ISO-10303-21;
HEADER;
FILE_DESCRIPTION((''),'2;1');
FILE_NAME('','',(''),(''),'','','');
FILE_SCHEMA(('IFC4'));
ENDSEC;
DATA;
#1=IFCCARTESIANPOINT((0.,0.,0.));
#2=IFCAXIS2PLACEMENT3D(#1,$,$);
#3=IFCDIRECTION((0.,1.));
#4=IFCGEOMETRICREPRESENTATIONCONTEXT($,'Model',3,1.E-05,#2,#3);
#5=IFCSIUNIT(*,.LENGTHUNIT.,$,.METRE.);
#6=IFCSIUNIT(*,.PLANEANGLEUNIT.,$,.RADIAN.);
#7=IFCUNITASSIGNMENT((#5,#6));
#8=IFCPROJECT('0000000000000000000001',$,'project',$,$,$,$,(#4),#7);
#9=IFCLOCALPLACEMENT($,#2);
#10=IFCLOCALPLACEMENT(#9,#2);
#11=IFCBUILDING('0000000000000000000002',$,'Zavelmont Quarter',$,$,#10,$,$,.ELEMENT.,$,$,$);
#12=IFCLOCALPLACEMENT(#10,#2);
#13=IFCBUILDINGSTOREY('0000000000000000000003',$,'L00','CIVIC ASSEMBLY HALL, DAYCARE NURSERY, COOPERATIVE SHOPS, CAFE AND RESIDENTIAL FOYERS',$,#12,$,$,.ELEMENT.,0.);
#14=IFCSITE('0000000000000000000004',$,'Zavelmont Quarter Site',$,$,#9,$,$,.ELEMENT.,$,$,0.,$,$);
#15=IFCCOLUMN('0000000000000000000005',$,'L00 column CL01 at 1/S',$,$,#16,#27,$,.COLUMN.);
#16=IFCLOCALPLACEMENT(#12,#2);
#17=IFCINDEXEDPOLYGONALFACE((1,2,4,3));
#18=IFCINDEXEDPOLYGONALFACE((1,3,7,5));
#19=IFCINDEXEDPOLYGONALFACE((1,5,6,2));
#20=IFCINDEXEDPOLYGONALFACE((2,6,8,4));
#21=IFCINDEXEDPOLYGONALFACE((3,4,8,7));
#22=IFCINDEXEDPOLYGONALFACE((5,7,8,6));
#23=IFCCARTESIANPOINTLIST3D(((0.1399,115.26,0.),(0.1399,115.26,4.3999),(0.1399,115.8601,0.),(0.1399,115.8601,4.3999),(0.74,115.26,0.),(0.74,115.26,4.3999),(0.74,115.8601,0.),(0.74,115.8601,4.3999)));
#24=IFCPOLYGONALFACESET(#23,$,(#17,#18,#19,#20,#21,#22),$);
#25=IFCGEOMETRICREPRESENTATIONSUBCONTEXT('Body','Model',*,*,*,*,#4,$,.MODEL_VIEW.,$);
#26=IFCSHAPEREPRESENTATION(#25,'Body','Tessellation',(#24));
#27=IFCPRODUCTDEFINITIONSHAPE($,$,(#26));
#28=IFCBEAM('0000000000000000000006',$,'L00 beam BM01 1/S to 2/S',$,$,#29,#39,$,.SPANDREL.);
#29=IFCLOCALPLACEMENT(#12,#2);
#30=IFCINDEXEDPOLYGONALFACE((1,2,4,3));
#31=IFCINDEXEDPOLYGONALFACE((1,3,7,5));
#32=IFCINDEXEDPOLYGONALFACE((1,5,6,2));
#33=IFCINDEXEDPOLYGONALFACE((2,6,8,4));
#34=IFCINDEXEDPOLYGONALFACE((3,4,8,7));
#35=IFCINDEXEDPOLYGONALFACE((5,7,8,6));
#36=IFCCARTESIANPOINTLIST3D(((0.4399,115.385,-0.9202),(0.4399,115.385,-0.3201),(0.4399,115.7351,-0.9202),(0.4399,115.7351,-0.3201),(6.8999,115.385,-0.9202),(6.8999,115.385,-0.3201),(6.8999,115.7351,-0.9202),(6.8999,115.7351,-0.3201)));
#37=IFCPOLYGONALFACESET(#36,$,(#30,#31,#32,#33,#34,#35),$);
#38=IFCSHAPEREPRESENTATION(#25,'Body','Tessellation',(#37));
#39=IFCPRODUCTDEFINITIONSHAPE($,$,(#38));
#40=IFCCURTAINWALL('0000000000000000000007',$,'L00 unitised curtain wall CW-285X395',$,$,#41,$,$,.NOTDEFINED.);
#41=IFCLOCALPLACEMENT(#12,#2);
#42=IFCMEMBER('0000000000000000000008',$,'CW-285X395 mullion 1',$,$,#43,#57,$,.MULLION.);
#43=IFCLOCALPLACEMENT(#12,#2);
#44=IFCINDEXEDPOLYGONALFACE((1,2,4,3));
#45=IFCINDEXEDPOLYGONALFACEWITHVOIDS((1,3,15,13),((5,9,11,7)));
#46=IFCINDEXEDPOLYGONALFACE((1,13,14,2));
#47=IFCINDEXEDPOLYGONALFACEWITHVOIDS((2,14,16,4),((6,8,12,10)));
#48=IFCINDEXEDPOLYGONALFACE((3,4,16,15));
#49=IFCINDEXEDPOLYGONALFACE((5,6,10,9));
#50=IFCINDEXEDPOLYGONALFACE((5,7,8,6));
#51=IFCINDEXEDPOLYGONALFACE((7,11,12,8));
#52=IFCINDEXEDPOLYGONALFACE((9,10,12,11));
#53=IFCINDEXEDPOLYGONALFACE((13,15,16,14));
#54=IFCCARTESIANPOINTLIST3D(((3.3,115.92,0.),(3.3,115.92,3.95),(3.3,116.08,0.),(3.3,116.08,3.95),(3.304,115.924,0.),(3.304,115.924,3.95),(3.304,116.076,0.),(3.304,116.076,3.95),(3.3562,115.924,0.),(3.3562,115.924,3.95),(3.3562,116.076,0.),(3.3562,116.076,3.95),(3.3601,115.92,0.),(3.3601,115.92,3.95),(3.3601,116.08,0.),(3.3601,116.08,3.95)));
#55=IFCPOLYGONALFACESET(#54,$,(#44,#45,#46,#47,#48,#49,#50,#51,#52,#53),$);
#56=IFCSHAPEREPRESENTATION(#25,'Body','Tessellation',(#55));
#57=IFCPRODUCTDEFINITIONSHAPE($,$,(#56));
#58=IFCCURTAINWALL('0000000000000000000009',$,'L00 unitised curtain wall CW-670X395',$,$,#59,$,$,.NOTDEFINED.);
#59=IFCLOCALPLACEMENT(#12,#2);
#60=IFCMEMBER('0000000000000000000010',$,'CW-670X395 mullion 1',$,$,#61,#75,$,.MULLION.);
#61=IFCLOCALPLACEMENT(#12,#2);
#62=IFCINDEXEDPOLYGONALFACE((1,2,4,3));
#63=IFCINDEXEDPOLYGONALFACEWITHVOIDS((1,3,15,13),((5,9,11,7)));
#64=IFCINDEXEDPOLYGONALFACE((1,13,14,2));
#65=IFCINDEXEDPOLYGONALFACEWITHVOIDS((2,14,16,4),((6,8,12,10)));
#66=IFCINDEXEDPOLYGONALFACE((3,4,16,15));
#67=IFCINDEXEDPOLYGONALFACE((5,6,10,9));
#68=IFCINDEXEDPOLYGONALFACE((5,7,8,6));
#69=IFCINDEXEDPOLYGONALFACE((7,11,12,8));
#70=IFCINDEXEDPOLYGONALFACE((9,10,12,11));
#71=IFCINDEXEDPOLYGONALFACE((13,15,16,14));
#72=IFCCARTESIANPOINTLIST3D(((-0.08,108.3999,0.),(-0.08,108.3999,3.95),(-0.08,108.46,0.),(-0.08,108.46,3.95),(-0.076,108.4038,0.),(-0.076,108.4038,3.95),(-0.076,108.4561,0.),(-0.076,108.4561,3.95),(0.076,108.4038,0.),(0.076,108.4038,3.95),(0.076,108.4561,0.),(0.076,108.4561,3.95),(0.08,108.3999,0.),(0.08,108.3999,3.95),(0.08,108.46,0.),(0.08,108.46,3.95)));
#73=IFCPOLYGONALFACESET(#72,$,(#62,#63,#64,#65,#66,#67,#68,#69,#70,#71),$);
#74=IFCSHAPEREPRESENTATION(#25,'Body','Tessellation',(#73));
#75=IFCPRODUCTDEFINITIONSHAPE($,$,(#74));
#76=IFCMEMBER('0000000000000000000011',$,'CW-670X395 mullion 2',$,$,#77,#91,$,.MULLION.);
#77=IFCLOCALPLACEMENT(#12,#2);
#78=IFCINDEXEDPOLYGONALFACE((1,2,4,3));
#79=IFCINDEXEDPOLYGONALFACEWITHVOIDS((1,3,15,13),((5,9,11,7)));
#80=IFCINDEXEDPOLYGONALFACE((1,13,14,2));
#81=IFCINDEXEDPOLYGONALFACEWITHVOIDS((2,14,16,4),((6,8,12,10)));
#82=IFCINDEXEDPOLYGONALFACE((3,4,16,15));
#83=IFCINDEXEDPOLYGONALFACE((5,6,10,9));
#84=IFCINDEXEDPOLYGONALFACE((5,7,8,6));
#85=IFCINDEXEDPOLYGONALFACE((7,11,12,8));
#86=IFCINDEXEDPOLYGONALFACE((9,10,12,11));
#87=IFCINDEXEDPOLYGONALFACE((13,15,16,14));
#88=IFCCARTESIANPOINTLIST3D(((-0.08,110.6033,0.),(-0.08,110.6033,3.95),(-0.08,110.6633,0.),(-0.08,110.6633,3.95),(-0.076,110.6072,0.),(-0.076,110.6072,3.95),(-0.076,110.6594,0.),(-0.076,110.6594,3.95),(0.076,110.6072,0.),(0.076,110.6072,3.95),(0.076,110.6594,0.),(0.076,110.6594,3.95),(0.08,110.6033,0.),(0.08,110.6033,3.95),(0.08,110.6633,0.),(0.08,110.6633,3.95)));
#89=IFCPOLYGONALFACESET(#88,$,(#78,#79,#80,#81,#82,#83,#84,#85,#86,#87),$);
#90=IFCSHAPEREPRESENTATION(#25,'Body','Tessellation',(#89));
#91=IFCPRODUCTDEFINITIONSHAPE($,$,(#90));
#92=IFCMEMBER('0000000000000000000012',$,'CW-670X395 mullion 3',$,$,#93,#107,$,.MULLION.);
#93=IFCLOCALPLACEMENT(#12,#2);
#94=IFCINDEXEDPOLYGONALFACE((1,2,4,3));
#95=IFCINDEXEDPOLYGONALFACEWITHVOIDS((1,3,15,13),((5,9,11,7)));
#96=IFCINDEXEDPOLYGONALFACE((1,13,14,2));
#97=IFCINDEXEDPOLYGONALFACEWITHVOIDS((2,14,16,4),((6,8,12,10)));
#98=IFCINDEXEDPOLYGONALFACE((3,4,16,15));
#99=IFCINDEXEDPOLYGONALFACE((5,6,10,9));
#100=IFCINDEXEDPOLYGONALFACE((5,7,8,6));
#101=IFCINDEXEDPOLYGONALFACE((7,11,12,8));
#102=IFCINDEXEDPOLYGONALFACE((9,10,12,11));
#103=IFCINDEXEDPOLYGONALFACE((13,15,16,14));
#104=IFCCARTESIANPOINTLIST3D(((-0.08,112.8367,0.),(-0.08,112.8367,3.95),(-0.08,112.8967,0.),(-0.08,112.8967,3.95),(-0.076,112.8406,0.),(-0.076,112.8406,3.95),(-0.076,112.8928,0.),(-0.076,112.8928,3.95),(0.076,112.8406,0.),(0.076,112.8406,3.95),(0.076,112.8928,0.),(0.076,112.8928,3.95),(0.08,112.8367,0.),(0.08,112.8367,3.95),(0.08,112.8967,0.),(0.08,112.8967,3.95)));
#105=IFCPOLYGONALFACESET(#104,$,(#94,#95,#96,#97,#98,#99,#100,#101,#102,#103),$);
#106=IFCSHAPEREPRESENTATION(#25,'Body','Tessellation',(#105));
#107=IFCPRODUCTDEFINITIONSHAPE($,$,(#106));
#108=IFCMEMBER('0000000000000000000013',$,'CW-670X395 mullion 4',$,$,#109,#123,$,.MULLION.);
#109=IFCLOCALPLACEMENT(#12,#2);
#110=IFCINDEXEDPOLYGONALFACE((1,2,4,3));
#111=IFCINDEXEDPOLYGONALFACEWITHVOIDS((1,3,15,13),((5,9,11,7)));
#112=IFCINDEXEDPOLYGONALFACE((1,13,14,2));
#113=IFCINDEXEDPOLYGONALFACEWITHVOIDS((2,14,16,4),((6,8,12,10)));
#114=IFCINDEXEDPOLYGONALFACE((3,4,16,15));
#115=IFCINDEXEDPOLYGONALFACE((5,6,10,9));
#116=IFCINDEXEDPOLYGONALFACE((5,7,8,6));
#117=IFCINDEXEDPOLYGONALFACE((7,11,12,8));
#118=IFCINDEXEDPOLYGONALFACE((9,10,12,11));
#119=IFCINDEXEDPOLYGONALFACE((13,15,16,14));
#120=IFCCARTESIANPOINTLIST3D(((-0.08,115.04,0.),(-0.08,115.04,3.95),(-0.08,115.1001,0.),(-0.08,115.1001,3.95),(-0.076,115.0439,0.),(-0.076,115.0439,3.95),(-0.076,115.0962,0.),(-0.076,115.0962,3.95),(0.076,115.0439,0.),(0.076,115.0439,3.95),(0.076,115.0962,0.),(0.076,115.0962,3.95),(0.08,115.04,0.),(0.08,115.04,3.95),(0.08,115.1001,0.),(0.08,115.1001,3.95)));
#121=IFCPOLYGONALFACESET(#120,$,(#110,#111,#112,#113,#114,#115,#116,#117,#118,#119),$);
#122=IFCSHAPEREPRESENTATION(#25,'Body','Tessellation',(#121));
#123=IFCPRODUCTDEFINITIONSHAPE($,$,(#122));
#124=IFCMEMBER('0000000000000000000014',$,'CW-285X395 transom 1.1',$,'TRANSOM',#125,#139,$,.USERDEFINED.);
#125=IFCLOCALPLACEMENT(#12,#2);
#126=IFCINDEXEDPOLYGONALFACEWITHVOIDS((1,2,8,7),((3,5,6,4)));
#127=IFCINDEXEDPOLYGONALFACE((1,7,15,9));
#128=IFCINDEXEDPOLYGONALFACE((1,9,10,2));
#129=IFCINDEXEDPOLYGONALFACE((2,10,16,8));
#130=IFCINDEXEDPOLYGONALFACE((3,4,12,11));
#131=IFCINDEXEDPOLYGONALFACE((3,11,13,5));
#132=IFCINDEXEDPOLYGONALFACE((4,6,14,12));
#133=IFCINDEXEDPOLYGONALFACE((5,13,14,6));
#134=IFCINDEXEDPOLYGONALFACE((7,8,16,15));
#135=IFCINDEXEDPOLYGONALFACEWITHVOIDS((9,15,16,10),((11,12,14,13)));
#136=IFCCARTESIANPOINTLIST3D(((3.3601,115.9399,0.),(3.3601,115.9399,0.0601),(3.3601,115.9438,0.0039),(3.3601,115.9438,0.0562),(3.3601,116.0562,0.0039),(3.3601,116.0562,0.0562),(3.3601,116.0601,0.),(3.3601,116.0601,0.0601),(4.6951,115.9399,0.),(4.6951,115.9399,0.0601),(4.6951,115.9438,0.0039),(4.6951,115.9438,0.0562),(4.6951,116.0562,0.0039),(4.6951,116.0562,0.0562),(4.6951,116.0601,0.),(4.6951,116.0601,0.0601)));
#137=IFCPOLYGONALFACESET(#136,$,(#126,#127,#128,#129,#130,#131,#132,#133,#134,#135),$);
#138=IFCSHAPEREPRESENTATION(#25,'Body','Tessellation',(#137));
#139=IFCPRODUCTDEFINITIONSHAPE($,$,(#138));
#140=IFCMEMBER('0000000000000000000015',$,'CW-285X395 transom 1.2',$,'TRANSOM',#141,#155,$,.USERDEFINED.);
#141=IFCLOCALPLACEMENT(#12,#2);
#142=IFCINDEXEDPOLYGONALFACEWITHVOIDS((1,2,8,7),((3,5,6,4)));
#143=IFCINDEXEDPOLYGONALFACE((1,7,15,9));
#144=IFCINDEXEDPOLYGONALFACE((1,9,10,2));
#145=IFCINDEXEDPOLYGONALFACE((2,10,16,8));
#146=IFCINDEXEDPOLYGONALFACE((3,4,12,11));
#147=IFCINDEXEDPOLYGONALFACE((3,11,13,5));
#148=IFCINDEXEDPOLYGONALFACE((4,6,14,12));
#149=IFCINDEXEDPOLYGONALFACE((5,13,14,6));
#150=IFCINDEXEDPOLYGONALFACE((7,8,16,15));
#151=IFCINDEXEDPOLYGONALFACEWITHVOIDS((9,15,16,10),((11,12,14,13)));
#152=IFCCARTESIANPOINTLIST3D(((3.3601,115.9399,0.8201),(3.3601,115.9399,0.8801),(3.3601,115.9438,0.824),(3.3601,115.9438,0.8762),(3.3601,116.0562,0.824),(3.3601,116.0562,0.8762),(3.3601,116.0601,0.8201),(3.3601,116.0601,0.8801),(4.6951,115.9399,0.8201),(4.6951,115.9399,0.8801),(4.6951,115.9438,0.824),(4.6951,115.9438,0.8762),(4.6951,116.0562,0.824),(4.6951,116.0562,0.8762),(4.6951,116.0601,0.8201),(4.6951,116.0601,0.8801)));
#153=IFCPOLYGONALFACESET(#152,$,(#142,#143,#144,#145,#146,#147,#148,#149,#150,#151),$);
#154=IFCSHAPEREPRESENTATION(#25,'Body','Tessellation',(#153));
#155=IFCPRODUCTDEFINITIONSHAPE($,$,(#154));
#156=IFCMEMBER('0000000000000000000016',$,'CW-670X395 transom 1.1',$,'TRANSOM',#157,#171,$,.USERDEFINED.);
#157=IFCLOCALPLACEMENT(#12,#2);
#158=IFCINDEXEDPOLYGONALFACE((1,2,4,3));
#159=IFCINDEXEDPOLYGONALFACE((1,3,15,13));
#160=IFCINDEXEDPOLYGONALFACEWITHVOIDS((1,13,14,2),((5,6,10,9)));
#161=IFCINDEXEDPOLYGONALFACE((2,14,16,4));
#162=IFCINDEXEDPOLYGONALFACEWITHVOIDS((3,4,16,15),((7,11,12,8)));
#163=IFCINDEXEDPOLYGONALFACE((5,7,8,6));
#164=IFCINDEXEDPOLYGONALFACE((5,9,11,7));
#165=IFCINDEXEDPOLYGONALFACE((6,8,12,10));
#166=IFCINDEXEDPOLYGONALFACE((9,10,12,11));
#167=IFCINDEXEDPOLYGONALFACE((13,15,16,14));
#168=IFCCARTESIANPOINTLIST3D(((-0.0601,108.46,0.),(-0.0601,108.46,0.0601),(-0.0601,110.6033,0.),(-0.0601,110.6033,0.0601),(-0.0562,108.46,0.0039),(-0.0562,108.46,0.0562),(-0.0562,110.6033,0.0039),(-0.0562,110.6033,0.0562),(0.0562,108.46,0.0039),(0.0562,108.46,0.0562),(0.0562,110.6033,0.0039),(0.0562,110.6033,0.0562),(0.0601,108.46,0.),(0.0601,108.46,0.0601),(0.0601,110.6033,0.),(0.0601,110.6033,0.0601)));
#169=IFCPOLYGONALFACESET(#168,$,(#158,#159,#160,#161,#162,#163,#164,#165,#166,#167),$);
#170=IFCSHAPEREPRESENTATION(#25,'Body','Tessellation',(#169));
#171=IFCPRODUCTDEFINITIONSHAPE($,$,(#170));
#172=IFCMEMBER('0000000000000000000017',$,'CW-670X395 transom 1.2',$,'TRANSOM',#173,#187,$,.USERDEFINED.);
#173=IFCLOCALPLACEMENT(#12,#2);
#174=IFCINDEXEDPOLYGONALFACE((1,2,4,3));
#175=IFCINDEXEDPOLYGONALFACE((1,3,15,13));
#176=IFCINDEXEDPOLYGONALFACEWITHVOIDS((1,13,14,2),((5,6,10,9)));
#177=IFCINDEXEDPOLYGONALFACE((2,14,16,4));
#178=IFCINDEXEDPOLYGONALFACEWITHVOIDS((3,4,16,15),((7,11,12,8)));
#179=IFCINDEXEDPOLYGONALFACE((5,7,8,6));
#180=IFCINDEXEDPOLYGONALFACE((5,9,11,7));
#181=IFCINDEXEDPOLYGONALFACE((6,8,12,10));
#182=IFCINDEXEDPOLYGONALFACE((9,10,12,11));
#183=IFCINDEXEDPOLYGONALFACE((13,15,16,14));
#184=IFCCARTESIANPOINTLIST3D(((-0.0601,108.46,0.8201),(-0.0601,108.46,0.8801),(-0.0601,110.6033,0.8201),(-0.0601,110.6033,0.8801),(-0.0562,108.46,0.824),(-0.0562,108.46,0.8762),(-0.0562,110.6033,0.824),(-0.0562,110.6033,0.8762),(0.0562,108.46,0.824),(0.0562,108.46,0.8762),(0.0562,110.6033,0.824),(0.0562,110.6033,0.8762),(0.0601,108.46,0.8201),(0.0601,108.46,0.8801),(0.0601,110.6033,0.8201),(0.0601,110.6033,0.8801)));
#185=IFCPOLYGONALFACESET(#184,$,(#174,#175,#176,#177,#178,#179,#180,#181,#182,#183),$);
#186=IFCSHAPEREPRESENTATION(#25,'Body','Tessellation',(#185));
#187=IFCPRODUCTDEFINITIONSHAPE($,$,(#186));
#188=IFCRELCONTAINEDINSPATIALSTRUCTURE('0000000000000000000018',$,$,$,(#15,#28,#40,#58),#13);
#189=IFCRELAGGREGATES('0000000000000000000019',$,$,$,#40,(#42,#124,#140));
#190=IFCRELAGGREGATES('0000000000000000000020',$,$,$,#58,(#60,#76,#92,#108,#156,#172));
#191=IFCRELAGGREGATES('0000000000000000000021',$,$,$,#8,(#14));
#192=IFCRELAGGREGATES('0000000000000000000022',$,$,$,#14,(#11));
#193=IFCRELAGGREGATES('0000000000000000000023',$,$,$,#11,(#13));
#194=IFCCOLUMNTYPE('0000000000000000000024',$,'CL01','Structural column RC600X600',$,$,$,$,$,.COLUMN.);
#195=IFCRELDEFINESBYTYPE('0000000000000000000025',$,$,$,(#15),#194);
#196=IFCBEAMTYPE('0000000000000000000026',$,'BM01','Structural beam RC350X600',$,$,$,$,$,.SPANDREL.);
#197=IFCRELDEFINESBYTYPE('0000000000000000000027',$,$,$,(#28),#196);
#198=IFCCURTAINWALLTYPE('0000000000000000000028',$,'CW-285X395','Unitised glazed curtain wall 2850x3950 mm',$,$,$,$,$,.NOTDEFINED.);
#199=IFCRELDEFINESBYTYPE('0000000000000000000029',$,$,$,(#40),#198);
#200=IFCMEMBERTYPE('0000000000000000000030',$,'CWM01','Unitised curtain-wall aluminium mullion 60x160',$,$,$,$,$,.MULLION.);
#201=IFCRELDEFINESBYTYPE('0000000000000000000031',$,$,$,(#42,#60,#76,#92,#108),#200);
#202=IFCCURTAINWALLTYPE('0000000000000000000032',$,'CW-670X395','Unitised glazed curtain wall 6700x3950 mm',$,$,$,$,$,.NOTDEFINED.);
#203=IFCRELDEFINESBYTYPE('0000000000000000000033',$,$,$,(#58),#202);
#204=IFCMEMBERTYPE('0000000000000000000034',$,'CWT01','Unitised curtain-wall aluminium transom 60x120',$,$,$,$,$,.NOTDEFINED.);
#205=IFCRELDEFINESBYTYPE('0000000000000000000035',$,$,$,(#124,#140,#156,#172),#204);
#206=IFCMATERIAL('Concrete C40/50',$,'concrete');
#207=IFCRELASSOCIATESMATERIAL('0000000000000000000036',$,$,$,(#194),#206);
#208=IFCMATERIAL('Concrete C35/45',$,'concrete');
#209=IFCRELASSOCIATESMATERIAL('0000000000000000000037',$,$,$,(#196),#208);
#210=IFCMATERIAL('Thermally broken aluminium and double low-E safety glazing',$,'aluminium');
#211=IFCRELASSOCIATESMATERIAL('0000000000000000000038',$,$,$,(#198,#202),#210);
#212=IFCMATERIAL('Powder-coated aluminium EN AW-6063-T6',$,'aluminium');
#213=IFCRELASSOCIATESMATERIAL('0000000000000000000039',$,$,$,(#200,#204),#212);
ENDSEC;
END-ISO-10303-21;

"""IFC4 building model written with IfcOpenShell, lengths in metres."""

from ifc_helpers import new_model, si_unit, direction, frame, origin, origin_2d, place, context, subcontext, project, spatial, rectangle, hollow_rectangle, extrude, material, material_profile, profile_set, type_object, element, aggregate, save


model = new_model("IFC4")

# Units and contexts
model_context = context("Model", 3, precision=1e-05, world=origin(), true_north=direction((0.0, 1.0)))
body_context = subcontext(model_context, "Body", "Model", "MODEL_VIEW")
ifc_project = project(units=[si_unit("LENGTHUNIT", "METRE"), si_unit("PLANEANGLEUNIT", "RADIAN")], contexts=[model_context])

# Site, building, storey
site_placement = place(None, origin())
site = spatial("IfcSite", under=ifc_project, at=site_placement, Name="Zavelmont Quarter Site", CompositionType="ELEMENT", RefElevation=0.0)
building_placement = place(site_placement, origin())
building = spatial("IfcBuilding", under=site, at=building_placement, Name="Zavelmont Quarter", CompositionType="ELEMENT")
storey_placement = place(building_placement, origin())
storey = spatial("IfcBuildingStorey", under=building, at=storey_placement, Name="L00", Description="CIVIC ASSEMBLY HALL, DAYCARE NURSERY, COOPERATIVE SHOPS, CAFE AND RESIDENTIAL FOYERS", CompositionType="ELEMENT", Elevation=0.0)

# Column
ifc_material_1 = material(Name="Concrete C40/50", Category="concrete")
ifc_material_profile_1 = material_profile(ifc_material_1, rectangle(XDim=0.6001, YDim=0.6001, at=origin_2d()), Name="RC600X600")
ifc_profile_set_1 = profile_set([ifc_material_profile_1], Name="Concrete C40/50")
column_type = type_object("IfcColumnType", Name="CL01", Description="Structural column RC600X600", PredefinedType="COLUMN", material=ifc_profile_set_1)
column_placement = place(storey_placement, frame((0.4399, 115.5601, 0.0), z_axis=(0.0, 0.0, 1.0), x_axis=(1.0, 0.0, 0.0)))
element("IfcColumn", 1, at=column_placement, inside=storey, type_object=column_type, Name="L00 column CL01 at 1/S", PredefinedType="COLUMN", context=body_context, shape_type="SweptSolid", body=[
    extrude(rectangle(XDim=0.6001, YDim=0.6001, at=origin_2d()), origin(), (0.0, 0.0, 1.0), 4.3999),
])

# Beam
ifc_material_2 = material(Name="Concrete C35/45", Category="concrete")
ifc_material_profile_2 = material_profile(ifc_material_2, rectangle(XDim=0.3501, YDim=0.6001, at=origin_2d()), Name="RC350X600")
ifc_profile_set_2 = profile_set([ifc_material_profile_2], Name="Concrete C35/45")
beam_type = type_object("IfcBeamType", Name="BM01", Description="Structural beam RC350X600", PredefinedType="SPANDREL", material=ifc_profile_set_2)
beam_placement = place(storey_placement, frame((0.4399, 115.5601, -0.6201), z_axis=(1.0, 0.0, 0.0), x_axis=(0.0, 1.0, 0.0)))
element("IfcBeam", 2, at=beam_placement, inside=storey, type_object=beam_type, Name="L00 beam BM01 1/S to 2/S", PredefinedType="SPANDREL", context=body_context, shape_type="SweptSolid", body=[
    extrude(rectangle(XDim=0.3501, YDim=0.6001, at=origin_2d()), origin(), (0.0, 0.0, 1.0), 6.46),
])

# Curtain wall, member
ifc_material_3 = material(Name="Thermally broken aluminium and double low-E safety glazing", Category="aluminium")
curtain_wall_type_1 = type_object("IfcCurtainWallType", Name="CW-285X395", Description="Unitised glazed curtain wall 2850x3950 mm", PredefinedType="NOTDEFINED", material=ifc_material_3)
curtain_wall_1_placement = place(storey_placement, origin())
curtain_wall_1 = element("IfcCurtainWall", 3, at=curtain_wall_1_placement, inside=storey, type_object=curtain_wall_type_1, Name="L00 unitised curtain wall CW-285X395", PredefinedType="NOTDEFINED")
ifc_material_4 = material(Name="Powder-coated aluminium EN AW-6063-T6", Category="aluminium")
ifc_material_profile_3 = material_profile(ifc_material_4, hollow_rectangle(XDim=0.0601, YDim=0.1599, WallThickness=0.0039, at=origin_2d()), Name="CWM60X160")
ifc_profile_set_3 = profile_set([ifc_material_profile_3], Name="Powder-coated aluminium EN AW-6063-T6")
member_type_1 = type_object("IfcMemberType", Name="CWM01", Description="Unitised curtain-wall aluminium mullion 60x160", PredefinedType="MULLION", material=ifc_profile_set_3)
member_1_placement = place(storey_placement, frame((3.3301, 116.0, 0.0), z_axis=(0.0, 0.0, 1.0), x_axis=(1.0, 0.0, 0.0)))
member_1 = element("IfcMember", 4, at=member_1_placement, type_object=member_type_1, Name="CW-285X395 mullion 1", PredefinedType="MULLION", context=body_context, shape_type="SweptSolid", body=[
    extrude(hollow_rectangle(XDim=0.0601, YDim=0.1599, WallThickness=0.0039, at=origin_2d()), origin(), (0.0, 0.0, 1.0), 3.95),
])

# Curtain wall, members
curtain_wall_type_2 = type_object("IfcCurtainWallType", Name="CW-670X395", Description="Unitised glazed curtain wall 6700x3950 mm", PredefinedType="NOTDEFINED", material=ifc_material_3)
curtain_wall_2_placement = place(storey_placement, origin())
curtain_wall_2 = element("IfcCurtainWall", 5, at=curtain_wall_2_placement, inside=storey, type_object=curtain_wall_type_2, Name="L00 unitised curtain wall CW-670X395", PredefinedType="NOTDEFINED")
member_2_placement = place(storey_placement, frame((0.0, 108.4299, 0.0), z_axis=(0.0, 0.0, 1.0), x_axis=(0.0, 1.0, 0.0)))
member_2 = element("IfcMember", 6, at=member_2_placement, type_object=member_type_1, Name="CW-670X395 mullion 1", PredefinedType="MULLION", context=body_context, shape_type="SweptSolid", body=[
    extrude(hollow_rectangle(XDim=0.0601, YDim=0.1599, WallThickness=0.0039, at=origin_2d()), origin(), (0.0, 0.0, 1.0), 3.95),
])
member_3_placement = place(storey_placement, frame((0.0, 110.6333, 0.0), z_axis=(0.0, 0.0, 1.0), x_axis=(0.0, 1.0, 0.0)))
member_3 = element("IfcMember", 7, at=member_3_placement, type_object=member_type_1, Name="CW-670X395 mullion 2", PredefinedType="MULLION", context=body_context, shape_type="SweptSolid", body=[
    extrude(hollow_rectangle(XDim=0.0601, YDim=0.1599, WallThickness=0.0039, at=origin_2d()), origin(), (0.0, 0.0, 1.0), 3.95),
])
member_4_placement = place(storey_placement, frame((0.0, 112.8667, 0.0), z_axis=(0.0, 0.0, 1.0), x_axis=(0.0, 1.0, 0.0)))
member_4 = element("IfcMember", 8, at=member_4_placement, type_object=member_type_1, Name="CW-670X395 mullion 3", PredefinedType="MULLION", context=body_context, shape_type="SweptSolid", body=[
    extrude(hollow_rectangle(XDim=0.0601, YDim=0.1599, WallThickness=0.0039, at=origin_2d()), origin(), (0.0, 0.0, 1.0), 3.95),
])
member_5_placement = place(storey_placement, frame((0.0, 115.0701, 0.0), z_axis=(0.0, 0.0, 1.0), x_axis=(0.0, 1.0, 0.0)))
member_5 = element("IfcMember", 9, at=member_5_placement, type_object=member_type_1, Name="CW-670X395 mullion 4", PredefinedType="MULLION", context=body_context, shape_type="SweptSolid", body=[
    extrude(hollow_rectangle(XDim=0.0601, YDim=0.1599, WallThickness=0.0039, at=origin_2d()), origin(), (0.0, 0.0, 1.0), 3.95),
])

# Members
ifc_material_profile_4 = material_profile(ifc_material_4, hollow_rectangle(XDim=0.1201, YDim=0.0601, WallThickness=0.0039, at=origin_2d()), Name="CWT60X120")
ifc_profile_set_4 = profile_set([ifc_material_profile_4], Name="Powder-coated aluminium EN AW-6063-T6")
member_type_2 = type_object("IfcMemberType", Name="CWT01", Description="Unitised curtain-wall aluminium transom 60x120", PredefinedType="NOTDEFINED", material=ifc_profile_set_4)
member_6_placement = place(storey_placement, frame((3.3601, 116.0, 0.03), z_axis=(1.0, 0.0, 0.0), x_axis=(0.0, 1.0, 0.0)))
member_6 = element("IfcMember", 10, at=member_6_placement, type_object=member_type_2, Name="CW-285X395 transom 1.1", ObjectType="TRANSOM", PredefinedType="USERDEFINED", context=body_context, shape_type="SweptSolid", body=[
    extrude(hollow_rectangle(XDim=0.1201, YDim=0.0601, WallThickness=0.0039, at=origin_2d()), origin(), (0.0, 0.0, 1.0), 1.335),
])
member_7_placement = place(storey_placement, frame((3.3601, 116.0, 0.8501), z_axis=(1.0, 0.0, 0.0), x_axis=(0.0, 1.0, 0.0)))
member_7 = element("IfcMember", 11, at=member_7_placement, type_object=member_type_2, Name="CW-285X395 transom 1.2", ObjectType="TRANSOM", PredefinedType="USERDEFINED", context=body_context, shape_type="SweptSolid", body=[
    extrude(hollow_rectangle(XDim=0.1201, YDim=0.0601, WallThickness=0.0039, at=origin_2d()), origin(), (0.0, 0.0, 1.0), 1.335),
])
aggregate(curtain_wall_1, [member_1, member_6, member_7])
member_8_placement = place(storey_placement, frame((0.0, 108.46, 0.03), z_axis=(0.0, 1.0, 0.0), x_axis=(-1.0, 0.0, 0.0)))
member_8 = element("IfcMember", 12, at=member_8_placement, type_object=member_type_2, Name="CW-670X395 transom 1.1", ObjectType="TRANSOM", PredefinedType="USERDEFINED", context=body_context, shape_type="SweptSolid", body=[
    extrude(hollow_rectangle(XDim=0.1201, YDim=0.0601, WallThickness=0.0039, at=origin_2d()), origin(), (0.0, 0.0, 1.0), 2.1433),
])
member_9_placement = place(storey_placement, frame((0.0, 108.46, 0.8501), z_axis=(0.0, 1.0, 0.0), x_axis=(-1.0, 0.0, 0.0)))
member_9 = element("IfcMember", 13, at=member_9_placement, type_object=member_type_2, Name="CW-670X395 transom 1.2", ObjectType="TRANSOM", PredefinedType="USERDEFINED", context=body_context, shape_type="SweptSolid", body=[
    extrude(hollow_rectangle(XDim=0.1201, YDim=0.0601, WallThickness=0.0039, at=origin_2d()), origin(), (0.0, 0.0, 1.0), 2.1433),
])

aggregate(curtain_wall_2, [member_2, member_3, member_4, member_5, member_8, member_9])

save(model, "model.ifc")
